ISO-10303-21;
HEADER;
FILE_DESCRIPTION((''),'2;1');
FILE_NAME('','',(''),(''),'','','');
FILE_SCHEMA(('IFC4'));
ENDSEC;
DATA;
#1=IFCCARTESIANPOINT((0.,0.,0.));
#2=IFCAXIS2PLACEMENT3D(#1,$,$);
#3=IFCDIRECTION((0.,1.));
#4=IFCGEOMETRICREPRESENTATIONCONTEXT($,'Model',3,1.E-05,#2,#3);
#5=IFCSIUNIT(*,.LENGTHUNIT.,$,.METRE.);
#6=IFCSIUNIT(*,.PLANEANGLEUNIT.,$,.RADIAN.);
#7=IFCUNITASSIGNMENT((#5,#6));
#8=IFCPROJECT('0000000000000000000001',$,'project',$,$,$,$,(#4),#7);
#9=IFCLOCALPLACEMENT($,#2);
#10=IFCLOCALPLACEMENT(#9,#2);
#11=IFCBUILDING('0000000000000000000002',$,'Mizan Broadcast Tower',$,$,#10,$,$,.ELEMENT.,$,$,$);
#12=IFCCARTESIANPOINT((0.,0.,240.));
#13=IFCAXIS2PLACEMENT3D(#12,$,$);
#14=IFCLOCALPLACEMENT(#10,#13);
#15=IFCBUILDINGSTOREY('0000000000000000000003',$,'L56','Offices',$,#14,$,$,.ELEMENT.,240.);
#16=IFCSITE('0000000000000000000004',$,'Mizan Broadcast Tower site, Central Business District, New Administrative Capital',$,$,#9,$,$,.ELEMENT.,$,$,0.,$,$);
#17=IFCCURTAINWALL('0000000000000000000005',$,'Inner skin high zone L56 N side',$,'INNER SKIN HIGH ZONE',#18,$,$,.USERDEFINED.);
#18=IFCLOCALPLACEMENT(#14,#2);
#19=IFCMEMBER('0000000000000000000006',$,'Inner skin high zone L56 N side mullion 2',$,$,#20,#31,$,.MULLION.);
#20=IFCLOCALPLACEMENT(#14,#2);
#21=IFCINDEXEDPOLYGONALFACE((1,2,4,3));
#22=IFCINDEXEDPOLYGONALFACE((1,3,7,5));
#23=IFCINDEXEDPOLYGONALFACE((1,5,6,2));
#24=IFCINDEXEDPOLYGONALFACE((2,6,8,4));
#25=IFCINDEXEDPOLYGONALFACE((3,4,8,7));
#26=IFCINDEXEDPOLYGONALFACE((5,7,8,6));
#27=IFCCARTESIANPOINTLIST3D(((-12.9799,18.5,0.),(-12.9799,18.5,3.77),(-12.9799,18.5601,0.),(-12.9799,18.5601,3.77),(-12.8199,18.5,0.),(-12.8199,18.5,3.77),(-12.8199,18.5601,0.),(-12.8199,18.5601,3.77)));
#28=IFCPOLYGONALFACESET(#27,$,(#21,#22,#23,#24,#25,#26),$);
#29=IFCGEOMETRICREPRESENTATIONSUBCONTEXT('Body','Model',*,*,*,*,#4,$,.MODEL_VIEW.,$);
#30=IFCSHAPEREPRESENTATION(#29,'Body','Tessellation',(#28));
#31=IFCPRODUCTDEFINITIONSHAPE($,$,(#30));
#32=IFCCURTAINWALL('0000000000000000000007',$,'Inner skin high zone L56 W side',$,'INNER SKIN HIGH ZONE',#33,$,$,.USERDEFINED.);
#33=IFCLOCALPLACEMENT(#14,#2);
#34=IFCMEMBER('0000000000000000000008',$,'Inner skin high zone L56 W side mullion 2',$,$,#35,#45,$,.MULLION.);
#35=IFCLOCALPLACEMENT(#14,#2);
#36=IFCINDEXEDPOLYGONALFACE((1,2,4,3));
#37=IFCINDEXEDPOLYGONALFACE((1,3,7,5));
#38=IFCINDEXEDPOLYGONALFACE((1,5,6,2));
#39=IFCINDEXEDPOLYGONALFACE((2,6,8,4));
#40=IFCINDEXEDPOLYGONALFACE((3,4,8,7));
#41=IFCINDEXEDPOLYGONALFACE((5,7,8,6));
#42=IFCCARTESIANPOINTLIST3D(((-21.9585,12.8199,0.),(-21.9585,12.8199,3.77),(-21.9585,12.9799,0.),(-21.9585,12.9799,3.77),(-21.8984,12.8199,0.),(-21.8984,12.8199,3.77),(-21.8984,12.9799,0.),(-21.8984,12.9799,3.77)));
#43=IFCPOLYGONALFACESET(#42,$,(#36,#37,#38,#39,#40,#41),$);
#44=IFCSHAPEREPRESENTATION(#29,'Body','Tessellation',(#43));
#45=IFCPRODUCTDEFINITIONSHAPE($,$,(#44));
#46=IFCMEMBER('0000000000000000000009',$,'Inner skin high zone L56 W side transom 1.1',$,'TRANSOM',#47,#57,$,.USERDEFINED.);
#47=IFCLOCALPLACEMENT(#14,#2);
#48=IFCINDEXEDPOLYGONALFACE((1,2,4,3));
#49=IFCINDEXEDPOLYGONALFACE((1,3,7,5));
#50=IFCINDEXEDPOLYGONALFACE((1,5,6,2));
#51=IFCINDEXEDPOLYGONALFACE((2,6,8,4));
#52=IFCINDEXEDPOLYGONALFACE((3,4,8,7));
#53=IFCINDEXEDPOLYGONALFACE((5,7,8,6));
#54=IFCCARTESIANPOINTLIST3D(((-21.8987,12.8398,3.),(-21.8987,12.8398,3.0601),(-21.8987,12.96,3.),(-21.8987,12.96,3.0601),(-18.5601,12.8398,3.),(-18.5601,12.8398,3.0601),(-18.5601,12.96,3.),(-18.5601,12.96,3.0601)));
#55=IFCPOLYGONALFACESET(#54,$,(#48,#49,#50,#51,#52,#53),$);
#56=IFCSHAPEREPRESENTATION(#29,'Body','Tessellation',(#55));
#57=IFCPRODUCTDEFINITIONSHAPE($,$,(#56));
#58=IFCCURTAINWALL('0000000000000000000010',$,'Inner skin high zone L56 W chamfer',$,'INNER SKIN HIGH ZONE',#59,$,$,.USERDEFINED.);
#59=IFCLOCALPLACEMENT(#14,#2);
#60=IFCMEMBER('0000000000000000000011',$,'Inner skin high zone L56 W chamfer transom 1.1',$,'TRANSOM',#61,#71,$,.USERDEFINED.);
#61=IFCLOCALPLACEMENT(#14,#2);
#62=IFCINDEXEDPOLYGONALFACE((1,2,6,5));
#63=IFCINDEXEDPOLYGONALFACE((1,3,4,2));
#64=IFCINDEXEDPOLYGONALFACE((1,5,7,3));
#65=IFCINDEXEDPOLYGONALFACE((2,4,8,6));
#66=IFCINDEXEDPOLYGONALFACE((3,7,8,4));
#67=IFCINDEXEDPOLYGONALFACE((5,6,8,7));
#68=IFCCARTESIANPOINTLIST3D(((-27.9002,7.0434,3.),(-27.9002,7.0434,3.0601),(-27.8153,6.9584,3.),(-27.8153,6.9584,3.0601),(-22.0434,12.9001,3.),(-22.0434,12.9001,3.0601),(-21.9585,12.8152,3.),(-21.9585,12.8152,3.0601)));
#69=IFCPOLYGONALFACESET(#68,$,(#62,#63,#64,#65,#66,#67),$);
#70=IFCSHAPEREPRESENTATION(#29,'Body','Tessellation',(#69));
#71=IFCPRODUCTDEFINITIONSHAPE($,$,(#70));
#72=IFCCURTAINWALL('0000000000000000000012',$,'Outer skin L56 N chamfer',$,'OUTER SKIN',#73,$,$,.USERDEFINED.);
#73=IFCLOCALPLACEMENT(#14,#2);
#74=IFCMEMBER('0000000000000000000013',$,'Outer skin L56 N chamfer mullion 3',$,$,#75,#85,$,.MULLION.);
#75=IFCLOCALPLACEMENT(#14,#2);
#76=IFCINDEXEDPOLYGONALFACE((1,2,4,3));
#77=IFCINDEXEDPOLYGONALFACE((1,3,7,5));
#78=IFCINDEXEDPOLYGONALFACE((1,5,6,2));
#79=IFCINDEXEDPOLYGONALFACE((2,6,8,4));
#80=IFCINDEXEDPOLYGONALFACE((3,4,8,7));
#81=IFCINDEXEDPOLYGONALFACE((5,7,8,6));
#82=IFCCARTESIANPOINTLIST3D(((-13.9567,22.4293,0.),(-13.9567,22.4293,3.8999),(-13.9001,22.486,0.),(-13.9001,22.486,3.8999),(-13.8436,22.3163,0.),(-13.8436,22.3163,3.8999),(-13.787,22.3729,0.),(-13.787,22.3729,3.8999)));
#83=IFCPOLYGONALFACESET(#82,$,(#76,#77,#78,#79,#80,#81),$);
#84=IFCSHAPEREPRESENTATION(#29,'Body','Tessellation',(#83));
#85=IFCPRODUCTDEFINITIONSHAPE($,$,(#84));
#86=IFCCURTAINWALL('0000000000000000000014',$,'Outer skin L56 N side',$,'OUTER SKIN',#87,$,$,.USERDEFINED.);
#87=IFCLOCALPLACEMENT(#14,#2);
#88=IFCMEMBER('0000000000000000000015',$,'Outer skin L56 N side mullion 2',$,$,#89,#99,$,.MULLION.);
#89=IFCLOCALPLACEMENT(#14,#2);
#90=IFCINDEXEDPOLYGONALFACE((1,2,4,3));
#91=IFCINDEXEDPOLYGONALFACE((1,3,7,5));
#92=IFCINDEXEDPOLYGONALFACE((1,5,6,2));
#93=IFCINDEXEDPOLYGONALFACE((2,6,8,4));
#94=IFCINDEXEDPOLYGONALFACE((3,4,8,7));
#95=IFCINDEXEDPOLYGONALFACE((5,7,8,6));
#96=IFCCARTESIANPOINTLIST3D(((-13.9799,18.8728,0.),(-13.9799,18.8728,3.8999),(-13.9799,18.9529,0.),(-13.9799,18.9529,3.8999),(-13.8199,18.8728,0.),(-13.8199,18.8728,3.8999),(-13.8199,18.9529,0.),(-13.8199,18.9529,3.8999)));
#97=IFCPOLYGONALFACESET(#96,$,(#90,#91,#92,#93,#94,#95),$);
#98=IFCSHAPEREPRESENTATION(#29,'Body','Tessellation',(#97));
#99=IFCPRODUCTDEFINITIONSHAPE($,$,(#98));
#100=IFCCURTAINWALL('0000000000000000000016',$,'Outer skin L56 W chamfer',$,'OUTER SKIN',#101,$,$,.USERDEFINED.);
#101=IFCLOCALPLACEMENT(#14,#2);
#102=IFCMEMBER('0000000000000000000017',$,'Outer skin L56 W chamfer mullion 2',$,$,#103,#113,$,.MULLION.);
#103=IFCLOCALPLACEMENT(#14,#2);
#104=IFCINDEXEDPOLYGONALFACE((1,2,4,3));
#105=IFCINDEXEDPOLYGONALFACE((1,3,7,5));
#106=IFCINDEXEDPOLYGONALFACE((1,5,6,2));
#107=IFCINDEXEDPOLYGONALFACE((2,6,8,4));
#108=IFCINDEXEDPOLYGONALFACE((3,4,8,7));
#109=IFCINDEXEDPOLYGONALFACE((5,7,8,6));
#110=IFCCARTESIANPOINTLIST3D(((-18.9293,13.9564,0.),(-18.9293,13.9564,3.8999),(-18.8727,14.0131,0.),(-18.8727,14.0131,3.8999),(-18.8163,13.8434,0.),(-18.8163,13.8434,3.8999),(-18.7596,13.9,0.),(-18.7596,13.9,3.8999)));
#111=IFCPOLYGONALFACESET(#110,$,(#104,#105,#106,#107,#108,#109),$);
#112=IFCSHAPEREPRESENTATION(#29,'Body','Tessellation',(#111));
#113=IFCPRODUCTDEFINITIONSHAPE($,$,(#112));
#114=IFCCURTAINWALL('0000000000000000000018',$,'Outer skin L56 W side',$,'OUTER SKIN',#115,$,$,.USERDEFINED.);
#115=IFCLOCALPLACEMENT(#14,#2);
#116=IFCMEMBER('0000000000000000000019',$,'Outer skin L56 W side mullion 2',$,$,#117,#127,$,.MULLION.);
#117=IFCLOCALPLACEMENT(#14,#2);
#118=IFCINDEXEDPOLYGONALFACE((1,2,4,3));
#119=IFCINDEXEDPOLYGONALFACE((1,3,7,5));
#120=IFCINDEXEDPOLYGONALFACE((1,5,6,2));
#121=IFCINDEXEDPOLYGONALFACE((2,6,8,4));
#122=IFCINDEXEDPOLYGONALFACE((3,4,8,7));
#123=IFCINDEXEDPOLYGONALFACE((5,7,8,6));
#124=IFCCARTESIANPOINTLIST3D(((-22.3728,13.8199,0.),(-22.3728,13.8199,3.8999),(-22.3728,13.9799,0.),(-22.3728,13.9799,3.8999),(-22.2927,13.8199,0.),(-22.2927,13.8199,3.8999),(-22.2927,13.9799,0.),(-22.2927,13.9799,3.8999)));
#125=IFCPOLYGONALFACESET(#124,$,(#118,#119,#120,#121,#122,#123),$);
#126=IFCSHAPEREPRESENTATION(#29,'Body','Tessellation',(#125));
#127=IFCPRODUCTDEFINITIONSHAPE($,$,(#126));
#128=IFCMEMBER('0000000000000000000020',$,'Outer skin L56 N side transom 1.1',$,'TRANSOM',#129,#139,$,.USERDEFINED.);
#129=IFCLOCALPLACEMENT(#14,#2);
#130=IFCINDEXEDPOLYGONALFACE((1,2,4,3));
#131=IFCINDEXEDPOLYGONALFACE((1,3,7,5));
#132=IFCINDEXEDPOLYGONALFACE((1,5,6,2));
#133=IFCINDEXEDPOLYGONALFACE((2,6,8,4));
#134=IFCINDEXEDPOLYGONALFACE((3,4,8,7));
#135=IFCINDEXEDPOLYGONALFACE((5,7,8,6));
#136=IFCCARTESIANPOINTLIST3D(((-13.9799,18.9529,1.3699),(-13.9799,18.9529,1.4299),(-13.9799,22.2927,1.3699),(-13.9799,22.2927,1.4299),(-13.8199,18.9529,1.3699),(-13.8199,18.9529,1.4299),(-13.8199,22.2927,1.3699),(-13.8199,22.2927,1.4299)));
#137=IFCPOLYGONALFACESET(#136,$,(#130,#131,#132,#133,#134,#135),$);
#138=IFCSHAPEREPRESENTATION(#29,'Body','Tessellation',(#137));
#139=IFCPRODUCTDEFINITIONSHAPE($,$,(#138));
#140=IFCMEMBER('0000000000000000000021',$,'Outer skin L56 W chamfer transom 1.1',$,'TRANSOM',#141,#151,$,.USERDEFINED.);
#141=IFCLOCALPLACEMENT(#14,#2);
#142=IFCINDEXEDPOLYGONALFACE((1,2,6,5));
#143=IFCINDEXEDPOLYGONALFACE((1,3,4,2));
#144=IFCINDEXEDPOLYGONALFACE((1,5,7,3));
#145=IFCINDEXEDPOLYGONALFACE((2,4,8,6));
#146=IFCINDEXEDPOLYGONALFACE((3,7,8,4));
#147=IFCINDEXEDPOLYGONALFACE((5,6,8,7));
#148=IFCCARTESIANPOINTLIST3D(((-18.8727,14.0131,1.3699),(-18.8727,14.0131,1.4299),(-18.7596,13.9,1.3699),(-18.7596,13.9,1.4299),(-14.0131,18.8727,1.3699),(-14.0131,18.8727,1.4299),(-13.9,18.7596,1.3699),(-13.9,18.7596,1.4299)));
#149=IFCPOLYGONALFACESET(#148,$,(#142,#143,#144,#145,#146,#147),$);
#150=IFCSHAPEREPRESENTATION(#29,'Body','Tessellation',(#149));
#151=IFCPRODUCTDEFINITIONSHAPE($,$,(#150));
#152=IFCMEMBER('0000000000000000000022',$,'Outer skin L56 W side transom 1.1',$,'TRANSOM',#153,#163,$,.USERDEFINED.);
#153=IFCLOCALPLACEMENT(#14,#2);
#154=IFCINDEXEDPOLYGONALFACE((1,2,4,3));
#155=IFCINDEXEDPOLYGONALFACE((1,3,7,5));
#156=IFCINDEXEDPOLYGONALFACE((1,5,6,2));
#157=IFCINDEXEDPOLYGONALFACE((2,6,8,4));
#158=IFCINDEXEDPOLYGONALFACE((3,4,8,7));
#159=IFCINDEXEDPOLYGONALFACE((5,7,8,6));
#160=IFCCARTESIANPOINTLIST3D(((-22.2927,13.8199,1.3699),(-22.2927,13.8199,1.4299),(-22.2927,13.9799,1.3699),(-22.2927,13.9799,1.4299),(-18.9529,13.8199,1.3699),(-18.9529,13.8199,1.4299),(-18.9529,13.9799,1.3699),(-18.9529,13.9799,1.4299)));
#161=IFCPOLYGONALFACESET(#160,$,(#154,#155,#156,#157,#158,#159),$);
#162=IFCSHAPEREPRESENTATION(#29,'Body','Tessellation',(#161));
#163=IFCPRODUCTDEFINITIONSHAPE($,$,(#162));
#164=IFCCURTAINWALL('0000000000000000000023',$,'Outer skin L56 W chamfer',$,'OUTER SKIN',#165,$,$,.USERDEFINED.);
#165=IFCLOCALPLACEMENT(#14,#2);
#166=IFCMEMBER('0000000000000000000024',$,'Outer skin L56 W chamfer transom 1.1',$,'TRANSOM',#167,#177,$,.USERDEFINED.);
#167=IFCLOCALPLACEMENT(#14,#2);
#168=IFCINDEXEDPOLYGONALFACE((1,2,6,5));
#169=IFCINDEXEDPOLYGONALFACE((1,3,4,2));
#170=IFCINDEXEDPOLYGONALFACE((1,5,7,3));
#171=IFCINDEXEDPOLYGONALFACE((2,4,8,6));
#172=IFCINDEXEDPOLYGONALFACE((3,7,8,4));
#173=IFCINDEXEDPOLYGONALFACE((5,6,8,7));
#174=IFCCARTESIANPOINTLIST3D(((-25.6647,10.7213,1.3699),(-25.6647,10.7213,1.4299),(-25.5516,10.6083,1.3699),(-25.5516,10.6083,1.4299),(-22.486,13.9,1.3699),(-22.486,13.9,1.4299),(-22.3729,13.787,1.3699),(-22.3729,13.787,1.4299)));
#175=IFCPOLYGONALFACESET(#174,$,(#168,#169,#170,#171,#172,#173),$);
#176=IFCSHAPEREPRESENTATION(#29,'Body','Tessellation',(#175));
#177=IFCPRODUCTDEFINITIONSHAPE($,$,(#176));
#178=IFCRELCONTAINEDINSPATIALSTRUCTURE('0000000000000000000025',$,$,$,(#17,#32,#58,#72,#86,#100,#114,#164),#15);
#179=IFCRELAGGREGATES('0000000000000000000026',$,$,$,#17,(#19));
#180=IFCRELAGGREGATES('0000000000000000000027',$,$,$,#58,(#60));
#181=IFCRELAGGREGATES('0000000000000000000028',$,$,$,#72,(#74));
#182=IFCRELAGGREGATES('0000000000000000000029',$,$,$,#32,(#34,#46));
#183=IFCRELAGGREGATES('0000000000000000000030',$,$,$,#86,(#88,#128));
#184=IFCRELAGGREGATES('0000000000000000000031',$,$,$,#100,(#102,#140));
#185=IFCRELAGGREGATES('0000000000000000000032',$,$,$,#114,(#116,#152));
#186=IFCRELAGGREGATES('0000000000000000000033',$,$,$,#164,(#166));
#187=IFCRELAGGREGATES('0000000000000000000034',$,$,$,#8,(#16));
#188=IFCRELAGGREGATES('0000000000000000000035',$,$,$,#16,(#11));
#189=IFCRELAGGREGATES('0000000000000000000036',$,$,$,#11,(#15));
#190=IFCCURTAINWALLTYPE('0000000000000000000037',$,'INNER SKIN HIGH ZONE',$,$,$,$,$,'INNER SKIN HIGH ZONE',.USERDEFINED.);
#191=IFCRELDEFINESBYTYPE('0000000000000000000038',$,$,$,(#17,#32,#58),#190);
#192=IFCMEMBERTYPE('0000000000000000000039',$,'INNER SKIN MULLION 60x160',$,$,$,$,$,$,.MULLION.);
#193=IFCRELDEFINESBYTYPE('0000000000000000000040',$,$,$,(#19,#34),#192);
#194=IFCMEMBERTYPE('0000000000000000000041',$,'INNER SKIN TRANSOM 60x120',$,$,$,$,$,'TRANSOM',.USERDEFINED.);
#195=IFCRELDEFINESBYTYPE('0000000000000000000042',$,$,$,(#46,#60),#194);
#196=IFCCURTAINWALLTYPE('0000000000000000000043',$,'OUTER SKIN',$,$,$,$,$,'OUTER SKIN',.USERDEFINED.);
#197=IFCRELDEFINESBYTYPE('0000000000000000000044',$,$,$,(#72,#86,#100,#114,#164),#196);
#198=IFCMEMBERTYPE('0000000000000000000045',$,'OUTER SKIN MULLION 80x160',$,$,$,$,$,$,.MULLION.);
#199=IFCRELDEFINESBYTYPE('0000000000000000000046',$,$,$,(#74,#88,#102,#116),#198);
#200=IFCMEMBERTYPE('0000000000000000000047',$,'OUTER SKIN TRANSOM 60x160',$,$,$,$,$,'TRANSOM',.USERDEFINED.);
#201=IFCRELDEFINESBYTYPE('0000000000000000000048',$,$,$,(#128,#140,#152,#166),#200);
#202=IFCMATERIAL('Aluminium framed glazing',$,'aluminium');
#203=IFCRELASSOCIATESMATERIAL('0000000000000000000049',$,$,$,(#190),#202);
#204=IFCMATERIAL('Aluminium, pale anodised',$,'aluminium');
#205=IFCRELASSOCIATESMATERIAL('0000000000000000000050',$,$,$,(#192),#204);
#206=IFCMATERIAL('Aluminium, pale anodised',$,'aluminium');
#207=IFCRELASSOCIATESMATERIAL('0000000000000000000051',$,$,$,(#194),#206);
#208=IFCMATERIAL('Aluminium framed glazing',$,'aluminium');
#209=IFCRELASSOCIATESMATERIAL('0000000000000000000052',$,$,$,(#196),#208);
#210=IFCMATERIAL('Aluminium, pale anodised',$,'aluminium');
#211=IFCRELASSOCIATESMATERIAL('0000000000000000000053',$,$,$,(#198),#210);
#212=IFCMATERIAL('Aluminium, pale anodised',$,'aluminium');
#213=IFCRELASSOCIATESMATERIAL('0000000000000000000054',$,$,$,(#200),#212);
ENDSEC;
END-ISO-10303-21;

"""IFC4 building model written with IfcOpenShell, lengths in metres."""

from ifc_helpers import new_model, si_unit, direction, frame, origin, origin_2d, place, context, subcontext, project, spatial, rectangle, extrude, material, material_profile, profile_set, type_object, element, aggregate, save


model = new_model("IFC4")

# Units and contexts
model_context = context("Model", 3, precision=1e-05, world=origin(), true_north=direction((0.0, 1.0)))
body_context = subcontext(model_context, "Body", "Model", "MODEL_VIEW")
ifc_project = project(units=[si_unit("LENGTHUNIT", "METRE"), si_unit("PLANEANGLEUNIT", "RADIAN")], contexts=[model_context])

# Site, building, storey
site_placement = place(None, origin())
site = spatial("IfcSite", under=ifc_project, at=site_placement, Name="Mizan Broadcast Tower site, Central Business District, New Administrative Capital", CompositionType="ELEMENT", RefElevation=0.0)
building_placement = place(site_placement, origin())
building = spatial("IfcBuilding", under=site, at=building_placement, Name="Mizan Broadcast Tower", CompositionType="ELEMENT")
storey_placement = place(building_placement, frame((0.0, 0.0, 240.0)))
storey = spatial("IfcBuildingStorey", under=building, at=storey_placement, Name="L56", Description="Offices", CompositionType="ELEMENT", Elevation=240.0)

# Curtain wall, member
ifc_material_1 = material(Name="Aluminium framed glazing", Category="aluminium")
curtain_wall_type_1 = type_object("IfcCurtainWallType", Name="INNER SKIN HIGH ZONE", ElementType="INNER SKIN HIGH ZONE", PredefinedType="USERDEFINED", material=ifc_material_1)
curtain_wall_1_placement = place(storey_placement, origin())
curtain_wall_1 = element("IfcCurtainWall", 1, at=curtain_wall_1_placement, inside=storey, type_object=curtain_wall_type_1, Name="Inner skin high zone L56 N side", ObjectType="INNER SKIN HIGH ZONE", PredefinedType="USERDEFINED")
ifc_material_2 = material(Name="Aluminium, pale anodised", Category="aluminium")
ifc_material_profile_1 = material_profile(ifc_material_2, rectangle(XDim=0.1599, YDim=0.0601, at=origin_2d()), Name="MULLION 160x60")
ifc_profile_set_1 = profile_set([ifc_material_profile_1], Name="Aluminium, pale anodised")
member_type_1 = type_object("IfcMemberType", Name="INNER SKIN MULLION 60x160", PredefinedType="MULLION", material=ifc_profile_set_1)
member_1_placement = place(storey_placement, frame((-12.8999, 18.53, 0.0), z_axis=(0.0, 0.0, 1.0), x_axis=(1.0, 0.0, 0.0)))
member_1 = element("IfcMember", 2, at=member_1_placement, type_object=member_type_1, Name="Inner skin high zone L56 N side mullion 2", PredefinedType="MULLION", context=body_context, shape_type="SweptSolid", body=[
    extrude(rectangle(XDim=0.1599, YDim=0.0601, at=origin_2d()), origin(), (0.0, 0.0, 1.0), 3.77),
])
aggregate(curtain_wall_1, [member_1])

# Curtain wall, members
curtain_wall_2_placement = place(storey_placement, origin())
curtain_wall_2 = element("IfcCurtainWall", 3, at=curtain_wall_2_placement, inside=storey, type_object=curtain_wall_type_1, Name="Inner skin high zone L56 W side", ObjectType="INNER SKIN HIGH ZONE", PredefinedType="USERDEFINED")
member_2_placement = place(storey_placement, frame((-21.9285, 12.8999, 0.0), z_axis=(0.0, 0.0, 1.0), x_axis=(0.0, -1.0, 0.0)))
member_2 = element("IfcMember", 4, at=member_2_placement, type_object=member_type_1, Name="Inner skin high zone L56 W side mullion 2", PredefinedType="MULLION", context=body_context, shape_type="SweptSolid", body=[
    extrude(rectangle(XDim=0.1599, YDim=0.0601, at=origin_2d()), origin(), (0.0, 0.0, 1.0), 3.77),
])
ifc_material_3 = material(Name="Aluminium, pale anodised", Category="aluminium")
ifc_material_profile_2 = material_profile(ifc_material_3, rectangle(XDim=0.1201, YDim=0.0601, at=origin_2d()), Name="TRANSOM 120x60")
ifc_profile_set_2 = profile_set([ifc_material_profile_2], Name="Aluminium, pale anodised")
member_type_2 = type_object("IfcMemberType", Name="INNER SKIN TRANSOM 60x120", ElementType="TRANSOM", PredefinedType="USERDEFINED", material=ifc_profile_set_2)
member_3_placement = place(storey_placement, frame((-18.5601, 12.8999, 3.03), z_axis=(-1.0, 0.0, 0.0), x_axis=(0.0, -1.0, 0.0)))
member_3 = element("IfcMember", 5, at=member_3_placement, type_object=member_type_2, Name="Inner skin high zone L56 W side transom 1.1", ObjectType="TRANSOM", PredefinedType="USERDEFINED", context=body_context, shape_type="SweptSolid", body=[
    extrude(rectangle(XDim=0.1201, YDim=0.0601, at=origin_2d()), origin(), (0.0, 0.0, 1.0), 3.3386),
])

# Curtain walls, members
curtain_wall_3_placement = place(storey_placement, origin())
curtain_wall_3 = element("IfcCurtainWall", 6, at=curtain_wall_3_placement, inside=storey, type_object=curtain_wall_type_1, Name="Inner skin high zone L56 W chamfer", ObjectType="INNER SKIN HIGH ZONE", PredefinedType="USERDEFINED")
member_4_placement = place(storey_placement, frame((-22.001, 12.8577, 3.03), z_axis=(-0.707107, -0.707107, 0.0), x_axis=(0.707107, -0.707107, 0.0)))
member_4 = element("IfcMember", 7, at=member_4_placement, type_object=member_type_2, Name="Inner skin high zone L56 W chamfer transom 1.1", ObjectType="TRANSOM", PredefinedType="USERDEFINED", context=body_context, shape_type="SweptSolid", body=[
    extrude(rectangle(XDim=0.1201, YDim=0.0601, at=origin_2d()), origin(), (0.0, 0.0, 1.0), 8.2827),
])
aggregate(curtain_wall_3, [member_4])
ifc_material_4 = material(Name="Aluminium framed glazing", Category="aluminium")
curtain_wall_type_2 = type_object("IfcCurtainWallType", Name="OUTER SKIN", ElementType="OUTER SKIN", PredefinedType="USERDEFINED", material=ifc_material_4)
curtain_wall_4_placement = place(storey_placement, origin())
curtain_wall_4 = element("IfcCurtainWall", 8, at=curtain_wall_4_placement, inside=storey, type_object=curtain_wall_type_2, Name="Outer skin L56 N chamfer", ObjectType="OUTER SKIN", PredefinedType="USERDEFINED")
ifc_material_5 = material(Name="Aluminium, pale anodised", Category="aluminium")
ifc_material_profile_3 = material_profile(ifc_material_5, rectangle(XDim=0.1599, YDim=0.0801, at=origin_2d()), Name="MULLION 160x80")
ifc_profile_set_3 = profile_set([ifc_material_profile_3], Name="Aluminium, pale anodised")
member_type_3 = type_object("IfcMemberType", Name="OUTER SKIN MULLION 80x160", PredefinedType="MULLION", material=ifc_profile_set_3)
member_5_placement = place(storey_placement, frame((-13.8718, 22.4011, 0.0), z_axis=(0.0, 0.0, 1.0), x_axis=(0.707107, -0.707107, 0.0)))
member_5 = element("IfcMember", 9, at=member_5_placement, type_object=member_type_3, Name="Outer skin L56 N chamfer mullion 3", PredefinedType="MULLION", context=body_context, shape_type="SweptSolid", body=[
    extrude(rectangle(XDim=0.1599, YDim=0.0801, at=origin_2d()), origin(), (0.0, 0.0, 1.0), 3.8999),
])
aggregate(curtain_wall_4, [member_5])
curtain_wall_5_placement = place(storey_placement, origin())
curtain_wall_5 = element("IfcCurtainWall", 10, at=curtain_wall_5_placement, inside=storey, type_object=curtain_wall_type_2, Name="Outer skin L56 N side", ObjectType="OUTER SKIN", PredefinedType="USERDEFINED")
member_6_placement = place(storey_placement, frame((-13.8999, 18.9128, 0.0), z_axis=(0.0, 0.0, 1.0), x_axis=(1.0, 0.0, 0.0)))
member_6 = element("IfcMember", 11, at=member_6_placement, type_object=member_type_3, Name="Outer skin L56 N side mullion 2", PredefinedType="MULLION", context=body_context, shape_type="SweptSolid", body=[
    extrude(rectangle(XDim=0.1599, YDim=0.0801, at=origin_2d()), origin(), (0.0, 0.0, 1.0), 3.8999),
])
curtain_wall_6_placement = place(storey_placement, origin())
curtain_wall_6 = element("IfcCurtainWall", 12, at=curtain_wall_6_placement, inside=storey, type_object=curtain_wall_type_2, Name="Outer skin L56 W chamfer", ObjectType="OUTER SKIN", PredefinedType="USERDEFINED")
member_7_placement = place(storey_placement, frame((-18.8445, 13.9282, 0.0), z_axis=(0.0, 0.0, 1.0), x_axis=(0.707107, -0.707107, 0.0)))
member_7 = element("IfcMember", 13, at=member_7_placement, type_object=member_type_3, Name="Outer skin L56 W chamfer mullion 2", PredefinedType="MULLION", context=body_context, shape_type="SweptSolid", body=[
    extrude(rectangle(XDim=0.1599, YDim=0.0801, at=origin_2d()), origin(), (0.0, 0.0, 1.0), 3.8999),
])
curtain_wall_7_placement = place(storey_placement, origin())
curtain_wall_7 = element("IfcCurtainWall", 14, at=curtain_wall_7_placement, inside=storey, type_object=curtain_wall_type_2, Name="Outer skin L56 W side", ObjectType="OUTER SKIN", PredefinedType="USERDEFINED")
member_8_placement = place(storey_placement, frame((-22.3328, 13.8999, 0.0), z_axis=(0.0, 0.0, 1.0), x_axis=(0.0, -1.0, 0.0)))
member_8 = element("IfcMember", 15, at=member_8_placement, type_object=member_type_3, Name="Outer skin L56 W side mullion 2", PredefinedType="MULLION", context=body_context, shape_type="SweptSolid", body=[
    extrude(rectangle(XDim=0.1599, YDim=0.0801, at=origin_2d()), origin(), (0.0, 0.0, 1.0), 3.8999),
])

# Members
ifc_material_6 = material(Name="Aluminium, pale anodised", Category="aluminium")
ifc_material_profile_4 = material_profile(ifc_material_6, rectangle(XDim=0.1599, YDim=0.0601, at=origin_2d()), Name="TRANSOM 160x60")
ifc_profile_set_4 = profile_set([ifc_material_profile_4], Name="Aluminium, pale anodised")
member_type_4 = type_object("IfcMemberType", Name="OUTER SKIN TRANSOM 60x160", ElementType="TRANSOM", PredefinedType="USERDEFINED", material=ifc_profile_set_4)
member_9_placement = place(storey_placement, frame((-13.8999, 22.2927, 1.3999), z_axis=(0.0, -1.0, 0.0), x_axis=(1.0, 0.0, 0.0)))
member_9 = element("IfcMember", 16, at=member_9_placement, type_object=member_type_4, Name="Outer skin L56 N side transom 1.1", ObjectType="TRANSOM", PredefinedType="USERDEFINED", context=body_context, shape_type="SweptSolid", body=[
    extrude(rectangle(XDim=0.1599, YDim=0.0601, at=origin_2d()), origin(), (0.0, 0.0, 1.0), 3.3398),
])
member_10_placement = place(storey_placement, frame((-13.9565, 18.8162, 1.3999), z_axis=(-0.707107, -0.707107, 0.0), x_axis=(0.707107, -0.707107, 0.0)))
member_10 = element("IfcMember", 17, at=member_10_placement, type_object=member_type_4, Name="Outer skin L56 W chamfer transom 1.1", ObjectType="TRANSOM", PredefinedType="USERDEFINED", context=body_context, shape_type="SweptSolid", body=[
    extrude(rectangle(XDim=0.1599, YDim=0.0601, at=origin_2d()), origin(), (0.0, 0.0, 1.0), 6.8726),
])
member_11_placement = place(storey_placement, frame((-18.9529, 13.8999, 1.3999), z_axis=(-1.0, 0.0, 0.0), x_axis=(0.0, -1.0, 0.0)))
member_11 = element("IfcMember", 18, at=member_11_placement, type_object=member_type_4, Name="Outer skin L56 W side transom 1.1", ObjectType="TRANSOM", PredefinedType="USERDEFINED", context=body_context, shape_type="SweptSolid", body=[
    extrude(rectangle(XDim=0.1599, YDim=0.0601, at=origin_2d()), origin(), (0.0, 0.0, 1.0), 3.3398),
])

# Curtain wall, member
curtain_wall_8_placement = place(storey_placement, origin())
curtain_wall_8 = element("IfcCurtainWall", 19, at=curtain_wall_8_placement, inside=storey, type_object=curtain_wall_type_2, Name="Outer skin L56 W chamfer", ObjectType="OUTER SKIN", PredefinedType="USERDEFINED")
member_12_placement = place(storey_placement, frame((-22.4294, 13.8435, 1.3999), z_axis=(-0.707107, -0.707107, 0.0), x_axis=(0.707107, -0.707107, 0.0)))
member_12 = element("IfcMember", 20, at=member_12_placement, type_object=member_type_4, Name="Outer skin L56 W chamfer transom 1.1", ObjectType="TRANSOM", PredefinedType="USERDEFINED", context=body_context, shape_type="SweptSolid", body=[
    extrude(rectangle(XDim=0.1599, YDim=0.0601, at=origin_2d()), origin(), (0.0, 0.0, 1.0), 4.4954),
])

aggregate(curtain_wall_2, [member_2, member_3])
aggregate(curtain_wall_5, [member_6, member_9])
aggregate(curtain_wall_6, [member_7, member_10])
aggregate(curtain_wall_7, [member_8, member_11])
aggregate(curtain_wall_8, [member_12])

save(model, "model.ifc")
